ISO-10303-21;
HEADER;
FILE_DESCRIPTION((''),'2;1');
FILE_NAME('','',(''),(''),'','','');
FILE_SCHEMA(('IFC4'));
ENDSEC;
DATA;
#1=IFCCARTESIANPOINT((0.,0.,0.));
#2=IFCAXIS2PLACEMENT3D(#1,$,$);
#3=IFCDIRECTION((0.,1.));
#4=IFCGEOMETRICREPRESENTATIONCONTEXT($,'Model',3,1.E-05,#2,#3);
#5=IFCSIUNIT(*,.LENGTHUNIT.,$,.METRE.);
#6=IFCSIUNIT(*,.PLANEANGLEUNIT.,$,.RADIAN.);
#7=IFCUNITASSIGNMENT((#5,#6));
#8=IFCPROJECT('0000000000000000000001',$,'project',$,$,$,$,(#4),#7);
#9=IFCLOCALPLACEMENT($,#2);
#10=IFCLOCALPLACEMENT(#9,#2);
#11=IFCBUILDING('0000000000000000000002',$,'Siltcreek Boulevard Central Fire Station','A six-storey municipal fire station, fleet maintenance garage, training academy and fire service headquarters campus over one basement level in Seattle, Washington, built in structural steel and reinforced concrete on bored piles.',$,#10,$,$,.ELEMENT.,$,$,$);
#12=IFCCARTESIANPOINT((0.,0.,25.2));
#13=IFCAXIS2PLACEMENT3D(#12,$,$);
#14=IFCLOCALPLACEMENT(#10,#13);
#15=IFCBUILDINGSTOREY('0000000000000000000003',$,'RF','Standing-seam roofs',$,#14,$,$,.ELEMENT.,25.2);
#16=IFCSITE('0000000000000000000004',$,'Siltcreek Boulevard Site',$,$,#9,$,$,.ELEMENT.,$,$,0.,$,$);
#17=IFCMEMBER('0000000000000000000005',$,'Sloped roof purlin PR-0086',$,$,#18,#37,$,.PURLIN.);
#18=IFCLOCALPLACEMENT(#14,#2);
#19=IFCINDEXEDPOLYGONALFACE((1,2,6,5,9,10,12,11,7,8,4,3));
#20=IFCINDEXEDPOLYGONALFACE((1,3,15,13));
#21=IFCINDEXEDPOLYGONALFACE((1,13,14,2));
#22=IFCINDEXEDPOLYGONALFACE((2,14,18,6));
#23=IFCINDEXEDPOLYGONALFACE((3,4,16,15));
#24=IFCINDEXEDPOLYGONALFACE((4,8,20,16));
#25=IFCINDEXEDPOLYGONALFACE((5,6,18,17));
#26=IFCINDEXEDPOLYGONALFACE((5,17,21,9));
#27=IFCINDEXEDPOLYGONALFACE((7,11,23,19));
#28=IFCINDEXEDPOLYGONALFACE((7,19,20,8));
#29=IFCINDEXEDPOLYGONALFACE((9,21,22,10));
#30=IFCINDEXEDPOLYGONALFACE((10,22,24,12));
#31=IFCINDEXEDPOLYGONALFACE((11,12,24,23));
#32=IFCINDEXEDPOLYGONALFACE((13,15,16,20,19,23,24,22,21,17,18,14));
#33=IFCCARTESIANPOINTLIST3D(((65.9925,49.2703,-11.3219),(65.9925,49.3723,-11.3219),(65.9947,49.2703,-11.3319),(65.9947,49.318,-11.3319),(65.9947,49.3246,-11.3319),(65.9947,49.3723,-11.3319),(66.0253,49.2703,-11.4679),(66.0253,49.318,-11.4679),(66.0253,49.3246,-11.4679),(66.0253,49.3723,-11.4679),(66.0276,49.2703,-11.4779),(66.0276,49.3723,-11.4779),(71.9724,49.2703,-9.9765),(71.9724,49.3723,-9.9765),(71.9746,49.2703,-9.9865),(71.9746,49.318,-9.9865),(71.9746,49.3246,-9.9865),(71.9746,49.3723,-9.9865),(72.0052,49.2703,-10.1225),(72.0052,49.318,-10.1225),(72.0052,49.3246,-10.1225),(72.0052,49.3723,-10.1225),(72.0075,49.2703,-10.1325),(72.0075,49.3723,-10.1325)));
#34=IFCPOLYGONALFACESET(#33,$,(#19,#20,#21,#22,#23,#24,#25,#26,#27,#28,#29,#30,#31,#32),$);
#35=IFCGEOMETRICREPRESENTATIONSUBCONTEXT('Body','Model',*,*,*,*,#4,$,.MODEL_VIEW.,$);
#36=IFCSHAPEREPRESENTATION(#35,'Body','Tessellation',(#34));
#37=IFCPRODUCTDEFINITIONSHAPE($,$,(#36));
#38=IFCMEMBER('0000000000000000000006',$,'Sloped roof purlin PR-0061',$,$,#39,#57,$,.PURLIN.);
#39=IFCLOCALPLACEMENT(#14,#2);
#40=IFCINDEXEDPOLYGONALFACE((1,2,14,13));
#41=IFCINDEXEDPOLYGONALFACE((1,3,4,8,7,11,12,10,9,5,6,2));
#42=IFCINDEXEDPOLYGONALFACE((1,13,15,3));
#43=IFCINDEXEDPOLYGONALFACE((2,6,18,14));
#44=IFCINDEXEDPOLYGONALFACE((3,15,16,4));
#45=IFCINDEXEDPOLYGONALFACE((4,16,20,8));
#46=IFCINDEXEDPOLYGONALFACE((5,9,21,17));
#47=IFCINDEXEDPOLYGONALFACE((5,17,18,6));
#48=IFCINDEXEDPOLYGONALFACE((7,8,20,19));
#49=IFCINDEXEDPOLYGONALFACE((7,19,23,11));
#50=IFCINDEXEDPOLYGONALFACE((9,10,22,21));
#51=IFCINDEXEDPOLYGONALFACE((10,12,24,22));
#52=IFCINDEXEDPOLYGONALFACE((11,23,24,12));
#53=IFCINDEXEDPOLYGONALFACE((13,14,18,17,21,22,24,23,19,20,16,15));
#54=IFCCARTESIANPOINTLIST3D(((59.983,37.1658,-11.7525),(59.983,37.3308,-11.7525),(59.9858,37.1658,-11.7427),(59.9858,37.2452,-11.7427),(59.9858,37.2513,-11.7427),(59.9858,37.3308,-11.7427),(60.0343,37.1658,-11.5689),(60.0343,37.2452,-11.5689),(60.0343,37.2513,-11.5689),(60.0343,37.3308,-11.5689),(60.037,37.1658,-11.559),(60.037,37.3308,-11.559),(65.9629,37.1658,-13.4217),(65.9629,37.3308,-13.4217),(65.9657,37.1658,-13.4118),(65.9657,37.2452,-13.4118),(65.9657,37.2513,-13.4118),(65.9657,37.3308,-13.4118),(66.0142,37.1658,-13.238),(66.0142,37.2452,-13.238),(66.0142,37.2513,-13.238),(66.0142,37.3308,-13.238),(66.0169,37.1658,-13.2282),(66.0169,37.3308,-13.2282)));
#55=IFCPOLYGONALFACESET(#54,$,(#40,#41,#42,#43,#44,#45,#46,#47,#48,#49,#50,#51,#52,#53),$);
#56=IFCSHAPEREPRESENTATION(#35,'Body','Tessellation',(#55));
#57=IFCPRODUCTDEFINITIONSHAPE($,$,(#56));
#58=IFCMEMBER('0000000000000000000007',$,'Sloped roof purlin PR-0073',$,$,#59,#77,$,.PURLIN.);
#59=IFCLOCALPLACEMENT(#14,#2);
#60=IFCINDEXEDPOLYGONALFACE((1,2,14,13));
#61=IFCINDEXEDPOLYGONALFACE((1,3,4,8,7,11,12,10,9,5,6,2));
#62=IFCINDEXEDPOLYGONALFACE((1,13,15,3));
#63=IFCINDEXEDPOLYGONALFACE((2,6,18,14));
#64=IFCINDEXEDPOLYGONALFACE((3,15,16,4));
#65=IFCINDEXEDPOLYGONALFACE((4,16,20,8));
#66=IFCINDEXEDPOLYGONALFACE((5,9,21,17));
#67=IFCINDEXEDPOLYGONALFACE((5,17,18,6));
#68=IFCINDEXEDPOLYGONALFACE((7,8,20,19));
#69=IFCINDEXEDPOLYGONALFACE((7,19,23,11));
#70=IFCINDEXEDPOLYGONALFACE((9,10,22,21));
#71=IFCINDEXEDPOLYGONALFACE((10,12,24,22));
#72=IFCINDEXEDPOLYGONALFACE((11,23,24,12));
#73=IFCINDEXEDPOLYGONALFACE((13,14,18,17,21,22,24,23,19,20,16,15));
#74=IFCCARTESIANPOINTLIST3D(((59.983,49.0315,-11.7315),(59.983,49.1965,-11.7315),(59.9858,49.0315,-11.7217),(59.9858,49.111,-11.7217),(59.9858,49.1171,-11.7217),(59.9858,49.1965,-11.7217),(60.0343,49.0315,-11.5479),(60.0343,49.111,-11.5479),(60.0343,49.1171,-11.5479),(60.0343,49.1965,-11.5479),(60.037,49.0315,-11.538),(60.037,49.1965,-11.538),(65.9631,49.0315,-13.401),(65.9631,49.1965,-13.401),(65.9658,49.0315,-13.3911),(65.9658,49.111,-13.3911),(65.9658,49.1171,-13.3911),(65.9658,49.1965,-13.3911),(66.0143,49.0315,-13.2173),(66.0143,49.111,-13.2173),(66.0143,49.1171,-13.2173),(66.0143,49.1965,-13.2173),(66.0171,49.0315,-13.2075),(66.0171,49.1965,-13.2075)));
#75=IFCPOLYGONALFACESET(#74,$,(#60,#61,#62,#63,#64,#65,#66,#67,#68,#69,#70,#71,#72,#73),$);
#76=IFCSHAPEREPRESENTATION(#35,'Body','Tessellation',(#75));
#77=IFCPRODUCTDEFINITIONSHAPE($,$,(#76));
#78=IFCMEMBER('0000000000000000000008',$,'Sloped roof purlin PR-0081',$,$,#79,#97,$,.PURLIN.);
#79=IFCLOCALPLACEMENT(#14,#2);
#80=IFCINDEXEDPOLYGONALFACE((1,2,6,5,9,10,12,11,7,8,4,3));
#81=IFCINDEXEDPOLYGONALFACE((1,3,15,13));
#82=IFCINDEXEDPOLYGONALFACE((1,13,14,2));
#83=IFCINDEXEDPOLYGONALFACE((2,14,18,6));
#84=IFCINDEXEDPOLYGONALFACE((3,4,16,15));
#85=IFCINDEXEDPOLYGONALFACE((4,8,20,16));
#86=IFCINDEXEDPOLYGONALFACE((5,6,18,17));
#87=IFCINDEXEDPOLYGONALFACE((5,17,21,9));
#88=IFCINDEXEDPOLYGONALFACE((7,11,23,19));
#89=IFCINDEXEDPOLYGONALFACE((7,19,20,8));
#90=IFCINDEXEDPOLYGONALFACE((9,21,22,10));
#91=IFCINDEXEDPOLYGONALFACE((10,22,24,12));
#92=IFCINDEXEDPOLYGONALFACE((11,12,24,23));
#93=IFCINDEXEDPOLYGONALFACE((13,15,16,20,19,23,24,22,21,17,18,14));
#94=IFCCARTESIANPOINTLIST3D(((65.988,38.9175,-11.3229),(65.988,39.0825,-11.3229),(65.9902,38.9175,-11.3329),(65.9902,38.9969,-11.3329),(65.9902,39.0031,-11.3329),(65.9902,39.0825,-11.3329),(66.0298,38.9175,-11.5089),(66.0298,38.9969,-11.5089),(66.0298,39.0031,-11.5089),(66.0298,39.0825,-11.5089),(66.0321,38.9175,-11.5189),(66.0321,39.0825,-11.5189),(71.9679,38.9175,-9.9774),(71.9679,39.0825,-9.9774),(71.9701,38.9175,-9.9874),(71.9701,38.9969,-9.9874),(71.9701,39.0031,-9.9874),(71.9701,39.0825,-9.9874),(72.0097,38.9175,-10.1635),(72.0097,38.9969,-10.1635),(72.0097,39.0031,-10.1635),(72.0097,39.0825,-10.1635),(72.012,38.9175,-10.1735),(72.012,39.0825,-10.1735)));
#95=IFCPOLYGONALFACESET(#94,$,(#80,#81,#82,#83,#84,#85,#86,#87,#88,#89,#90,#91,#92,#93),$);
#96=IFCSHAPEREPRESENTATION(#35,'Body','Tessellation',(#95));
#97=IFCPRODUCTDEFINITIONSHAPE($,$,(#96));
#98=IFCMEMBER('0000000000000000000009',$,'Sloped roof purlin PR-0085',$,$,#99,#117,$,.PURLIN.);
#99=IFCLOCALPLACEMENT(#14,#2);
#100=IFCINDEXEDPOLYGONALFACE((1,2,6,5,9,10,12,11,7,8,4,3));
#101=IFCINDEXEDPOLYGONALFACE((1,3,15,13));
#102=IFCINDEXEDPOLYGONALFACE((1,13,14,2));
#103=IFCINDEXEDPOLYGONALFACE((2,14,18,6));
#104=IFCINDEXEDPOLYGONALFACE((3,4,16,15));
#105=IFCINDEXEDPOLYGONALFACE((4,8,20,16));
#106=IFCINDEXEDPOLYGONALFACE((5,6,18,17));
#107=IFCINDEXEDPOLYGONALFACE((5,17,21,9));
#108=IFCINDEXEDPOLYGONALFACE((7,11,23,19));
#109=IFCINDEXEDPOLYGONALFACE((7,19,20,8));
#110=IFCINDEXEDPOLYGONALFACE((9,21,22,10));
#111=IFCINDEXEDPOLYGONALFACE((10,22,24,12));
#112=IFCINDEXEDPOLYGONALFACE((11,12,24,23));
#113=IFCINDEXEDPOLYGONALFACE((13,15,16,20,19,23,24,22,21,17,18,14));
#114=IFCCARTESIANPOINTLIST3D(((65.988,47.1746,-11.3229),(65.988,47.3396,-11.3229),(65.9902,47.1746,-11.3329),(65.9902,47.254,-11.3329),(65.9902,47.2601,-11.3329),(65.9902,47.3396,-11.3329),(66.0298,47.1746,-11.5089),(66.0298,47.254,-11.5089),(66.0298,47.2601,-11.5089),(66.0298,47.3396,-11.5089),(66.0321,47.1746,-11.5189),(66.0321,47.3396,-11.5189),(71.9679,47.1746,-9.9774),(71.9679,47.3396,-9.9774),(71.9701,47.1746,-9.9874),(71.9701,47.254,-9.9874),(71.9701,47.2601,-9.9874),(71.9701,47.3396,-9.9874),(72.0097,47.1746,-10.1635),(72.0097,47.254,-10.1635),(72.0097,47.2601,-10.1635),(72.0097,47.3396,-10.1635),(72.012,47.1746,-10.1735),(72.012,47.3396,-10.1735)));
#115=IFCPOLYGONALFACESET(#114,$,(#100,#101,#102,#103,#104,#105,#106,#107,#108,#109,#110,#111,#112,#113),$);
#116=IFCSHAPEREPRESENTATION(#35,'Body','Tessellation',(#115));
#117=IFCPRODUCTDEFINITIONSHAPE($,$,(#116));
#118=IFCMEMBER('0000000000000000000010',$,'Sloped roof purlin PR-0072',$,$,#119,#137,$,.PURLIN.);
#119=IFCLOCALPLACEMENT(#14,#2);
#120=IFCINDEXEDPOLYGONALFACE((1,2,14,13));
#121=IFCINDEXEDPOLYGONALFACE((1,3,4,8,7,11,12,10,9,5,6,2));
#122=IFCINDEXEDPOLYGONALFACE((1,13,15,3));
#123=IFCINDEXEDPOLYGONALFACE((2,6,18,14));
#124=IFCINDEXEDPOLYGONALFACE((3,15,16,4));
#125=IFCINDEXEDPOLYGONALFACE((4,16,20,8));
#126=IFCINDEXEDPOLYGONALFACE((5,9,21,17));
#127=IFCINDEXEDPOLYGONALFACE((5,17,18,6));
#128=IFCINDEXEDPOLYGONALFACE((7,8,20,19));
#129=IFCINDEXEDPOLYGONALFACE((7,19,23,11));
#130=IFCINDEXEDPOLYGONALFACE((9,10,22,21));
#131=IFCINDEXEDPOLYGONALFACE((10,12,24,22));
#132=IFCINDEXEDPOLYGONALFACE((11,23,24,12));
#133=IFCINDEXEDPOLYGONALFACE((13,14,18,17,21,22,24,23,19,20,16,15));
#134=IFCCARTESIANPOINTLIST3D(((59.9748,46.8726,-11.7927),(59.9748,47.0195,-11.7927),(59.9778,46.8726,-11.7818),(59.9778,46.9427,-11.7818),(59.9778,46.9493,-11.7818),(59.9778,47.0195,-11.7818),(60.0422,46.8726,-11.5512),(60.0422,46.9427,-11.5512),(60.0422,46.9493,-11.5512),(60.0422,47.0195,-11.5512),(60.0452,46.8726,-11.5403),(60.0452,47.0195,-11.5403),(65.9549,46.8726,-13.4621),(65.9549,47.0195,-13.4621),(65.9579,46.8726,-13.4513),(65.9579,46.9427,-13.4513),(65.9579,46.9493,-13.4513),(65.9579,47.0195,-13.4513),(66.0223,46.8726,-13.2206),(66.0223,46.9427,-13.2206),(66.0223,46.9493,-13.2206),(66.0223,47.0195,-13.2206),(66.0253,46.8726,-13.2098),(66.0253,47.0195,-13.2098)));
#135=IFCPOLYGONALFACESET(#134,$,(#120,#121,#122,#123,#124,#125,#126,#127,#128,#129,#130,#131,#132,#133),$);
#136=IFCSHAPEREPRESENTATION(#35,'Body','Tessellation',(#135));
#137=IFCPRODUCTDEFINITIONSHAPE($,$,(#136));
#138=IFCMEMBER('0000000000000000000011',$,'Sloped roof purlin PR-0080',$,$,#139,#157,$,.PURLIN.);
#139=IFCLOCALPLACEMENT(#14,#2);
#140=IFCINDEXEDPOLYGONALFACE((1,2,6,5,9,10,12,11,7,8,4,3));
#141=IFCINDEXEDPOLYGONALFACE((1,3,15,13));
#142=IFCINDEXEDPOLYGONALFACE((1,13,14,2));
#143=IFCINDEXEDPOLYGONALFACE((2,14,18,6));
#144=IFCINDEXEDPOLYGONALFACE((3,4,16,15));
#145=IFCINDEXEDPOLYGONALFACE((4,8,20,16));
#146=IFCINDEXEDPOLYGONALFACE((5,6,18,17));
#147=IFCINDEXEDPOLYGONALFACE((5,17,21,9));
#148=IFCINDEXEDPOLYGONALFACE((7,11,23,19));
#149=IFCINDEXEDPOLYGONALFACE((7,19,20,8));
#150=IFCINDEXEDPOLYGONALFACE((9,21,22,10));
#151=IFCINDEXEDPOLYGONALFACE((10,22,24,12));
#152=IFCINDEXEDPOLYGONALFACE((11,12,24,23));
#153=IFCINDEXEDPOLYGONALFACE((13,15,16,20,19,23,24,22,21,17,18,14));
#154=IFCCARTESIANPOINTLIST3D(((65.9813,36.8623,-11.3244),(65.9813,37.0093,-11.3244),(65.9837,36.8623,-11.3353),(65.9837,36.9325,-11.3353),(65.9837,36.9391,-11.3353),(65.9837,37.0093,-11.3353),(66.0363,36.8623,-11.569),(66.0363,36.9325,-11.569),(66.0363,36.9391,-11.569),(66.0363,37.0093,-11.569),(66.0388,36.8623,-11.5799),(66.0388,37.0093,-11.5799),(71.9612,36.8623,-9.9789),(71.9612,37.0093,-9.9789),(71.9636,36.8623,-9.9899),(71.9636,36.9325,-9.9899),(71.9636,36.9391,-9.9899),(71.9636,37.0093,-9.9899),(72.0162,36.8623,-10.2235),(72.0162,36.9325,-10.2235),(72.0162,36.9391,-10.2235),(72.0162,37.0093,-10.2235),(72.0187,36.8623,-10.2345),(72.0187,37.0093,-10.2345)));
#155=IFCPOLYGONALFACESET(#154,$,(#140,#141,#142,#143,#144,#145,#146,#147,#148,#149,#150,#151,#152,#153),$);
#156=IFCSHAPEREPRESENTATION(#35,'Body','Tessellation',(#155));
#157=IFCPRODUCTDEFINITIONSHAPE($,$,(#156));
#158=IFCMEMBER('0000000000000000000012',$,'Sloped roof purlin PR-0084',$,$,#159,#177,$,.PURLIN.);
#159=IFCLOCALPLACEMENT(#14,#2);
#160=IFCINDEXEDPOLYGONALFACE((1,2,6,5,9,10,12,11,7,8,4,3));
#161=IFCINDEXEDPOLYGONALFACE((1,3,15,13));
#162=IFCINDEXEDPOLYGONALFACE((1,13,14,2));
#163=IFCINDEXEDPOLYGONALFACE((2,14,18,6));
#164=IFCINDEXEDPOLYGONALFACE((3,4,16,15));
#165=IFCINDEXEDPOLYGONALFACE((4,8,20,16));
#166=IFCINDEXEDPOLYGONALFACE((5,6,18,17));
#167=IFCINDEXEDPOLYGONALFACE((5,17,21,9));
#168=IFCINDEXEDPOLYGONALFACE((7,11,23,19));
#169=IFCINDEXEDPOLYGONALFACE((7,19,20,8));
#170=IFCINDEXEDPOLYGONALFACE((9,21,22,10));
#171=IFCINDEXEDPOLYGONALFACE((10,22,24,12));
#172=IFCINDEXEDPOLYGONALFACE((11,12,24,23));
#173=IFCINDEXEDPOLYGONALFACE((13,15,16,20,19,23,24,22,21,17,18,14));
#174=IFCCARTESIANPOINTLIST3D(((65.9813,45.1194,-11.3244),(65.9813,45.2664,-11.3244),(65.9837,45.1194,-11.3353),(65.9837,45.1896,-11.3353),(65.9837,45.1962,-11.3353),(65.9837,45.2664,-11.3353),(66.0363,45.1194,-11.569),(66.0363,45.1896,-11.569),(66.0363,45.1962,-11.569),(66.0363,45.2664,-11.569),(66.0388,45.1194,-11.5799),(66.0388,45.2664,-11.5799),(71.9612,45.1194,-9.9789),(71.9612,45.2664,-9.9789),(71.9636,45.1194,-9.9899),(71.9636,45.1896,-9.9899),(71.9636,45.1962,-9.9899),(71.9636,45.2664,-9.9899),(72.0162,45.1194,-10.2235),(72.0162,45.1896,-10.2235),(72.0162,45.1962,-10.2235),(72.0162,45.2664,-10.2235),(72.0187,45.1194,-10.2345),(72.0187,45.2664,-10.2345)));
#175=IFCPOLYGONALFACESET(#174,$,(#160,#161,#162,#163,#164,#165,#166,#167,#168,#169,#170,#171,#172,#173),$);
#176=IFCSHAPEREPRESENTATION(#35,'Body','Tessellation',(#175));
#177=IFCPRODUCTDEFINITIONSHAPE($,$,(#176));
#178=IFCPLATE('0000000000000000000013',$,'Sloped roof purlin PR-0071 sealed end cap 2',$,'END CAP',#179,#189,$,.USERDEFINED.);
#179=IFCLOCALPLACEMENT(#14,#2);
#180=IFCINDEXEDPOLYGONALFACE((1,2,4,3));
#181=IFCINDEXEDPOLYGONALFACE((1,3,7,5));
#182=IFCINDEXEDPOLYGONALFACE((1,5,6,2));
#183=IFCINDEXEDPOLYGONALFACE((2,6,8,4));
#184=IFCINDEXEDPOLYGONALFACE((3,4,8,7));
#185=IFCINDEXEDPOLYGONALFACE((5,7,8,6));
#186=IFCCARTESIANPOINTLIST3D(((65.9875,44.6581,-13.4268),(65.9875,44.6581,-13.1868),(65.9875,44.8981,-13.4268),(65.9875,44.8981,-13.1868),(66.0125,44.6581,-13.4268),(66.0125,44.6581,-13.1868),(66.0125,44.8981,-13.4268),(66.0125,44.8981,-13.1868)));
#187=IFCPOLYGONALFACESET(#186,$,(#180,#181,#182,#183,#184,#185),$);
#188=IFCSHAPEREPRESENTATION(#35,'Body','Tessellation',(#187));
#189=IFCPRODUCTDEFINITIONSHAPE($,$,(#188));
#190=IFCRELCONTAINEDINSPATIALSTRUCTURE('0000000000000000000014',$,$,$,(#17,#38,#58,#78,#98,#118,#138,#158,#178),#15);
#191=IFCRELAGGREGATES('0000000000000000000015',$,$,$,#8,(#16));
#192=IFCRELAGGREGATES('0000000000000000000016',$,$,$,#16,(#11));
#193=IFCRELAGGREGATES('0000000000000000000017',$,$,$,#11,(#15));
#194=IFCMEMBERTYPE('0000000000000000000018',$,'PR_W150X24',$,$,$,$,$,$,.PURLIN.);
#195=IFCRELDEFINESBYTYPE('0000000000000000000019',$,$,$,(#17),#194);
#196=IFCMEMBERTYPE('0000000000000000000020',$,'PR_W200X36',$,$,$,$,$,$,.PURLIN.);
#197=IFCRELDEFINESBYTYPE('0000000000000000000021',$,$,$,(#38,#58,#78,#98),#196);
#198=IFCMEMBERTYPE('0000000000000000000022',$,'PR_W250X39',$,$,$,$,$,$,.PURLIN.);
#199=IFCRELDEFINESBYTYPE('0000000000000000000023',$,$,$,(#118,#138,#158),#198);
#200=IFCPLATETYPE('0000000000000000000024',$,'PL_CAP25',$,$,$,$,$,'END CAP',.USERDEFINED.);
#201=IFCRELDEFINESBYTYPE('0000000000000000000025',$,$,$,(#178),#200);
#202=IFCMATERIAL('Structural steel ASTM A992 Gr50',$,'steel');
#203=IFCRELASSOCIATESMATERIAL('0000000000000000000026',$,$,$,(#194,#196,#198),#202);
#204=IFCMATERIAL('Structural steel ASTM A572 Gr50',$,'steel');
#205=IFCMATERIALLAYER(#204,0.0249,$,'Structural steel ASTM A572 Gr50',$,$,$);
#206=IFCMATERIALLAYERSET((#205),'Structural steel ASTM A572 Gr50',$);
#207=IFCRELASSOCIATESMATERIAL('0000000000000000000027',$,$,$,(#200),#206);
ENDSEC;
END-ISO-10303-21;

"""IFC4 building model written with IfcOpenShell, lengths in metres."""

from ifc_helpers import new_model, si_unit, direction, frame, origin, origin_2d, place, context, subcontext, project, spatial, rectangle, i_section, extrude, material, layer, layer_set, material_profile, profile_set, type_object, element, save


model = new_model("IFC4")

# Units and contexts
model_context = context("Model", 3, precision=1e-05, world=origin(), true_north=direction((0.0, 1.0)))
body_context = subcontext(model_context, "Body", "Model", "MODEL_VIEW")
ifc_project = project(units=[si_unit("LENGTHUNIT", "METRE"), si_unit("PLANEANGLEUNIT", "RADIAN")], contexts=[model_context])

# Site, building, storey
site_placement = place(None, origin())
site = spatial("IfcSite", under=ifc_project, at=site_placement, Name="Siltcreek Boulevard Site", CompositionType="ELEMENT", RefElevation=0.0)
building_placement = place(site_placement, origin())
building = spatial("IfcBuilding", under=site, at=building_placement, Name="Siltcreek Boulevard Central Fire Station", Description="A six-storey municipal fire station, fleet maintenance garage, training academy and fire service headquarters campus over one basement level in Seattle, Washington, built in structural steel and reinforced concrete on bored piles.", CompositionType="ELEMENT")
storey_placement = place(building_placement, frame((0.0, 0.0, 25.2)))
storey = spatial("IfcBuildingStorey", under=building, at=storey_placement, Name="RF", Description="Standing-seam roofs", CompositionType="ELEMENT", Elevation=25.2)

# Shared definitions
ifc_material_1 = material(Name="Structural steel ASTM A992 Gr50", Category="steel")

# Members
ifc_material_profile_1 = material_profile(ifc_material_1, i_section(OverallWidth=0.1021, OverallDepth=0.1599, WebThickness=0.0066, FlangeThickness=0.0103, at=origin_2d()), Name="W150X24")
ifc_profile_set_1 = profile_set([ifc_material_profile_1], Name="Structural steel ASTM A992 Gr50")
member_type_1 = type_object("IfcMemberType", Name="PR_W150X24", PredefinedType="PURLIN", material=ifc_profile_set_1)
for number, where, z_axis, x_axis, name in (
    (1, (66.01, 49.3213, -11.3999), (0.975611, 0.0, 0.219507), (0.0, 1.0, 0.0), "Sloped roof purlin PR-0086"),
):
    element("IfcMember", number, at=place(storey_placement, frame(where, z_axis=z_axis, x_axis=x_axis)), inside=storey, type_object=member_type_1, Name=name, PredefinedType="PURLIN", context=body_context, shape_type="SweptSolid", body=[
        extrude(i_section(OverallWidth=0.1021, OverallDepth=0.1599, WebThickness=0.0066, FlangeThickness=0.0103, at=origin_2d()), origin(), (0.0, 0.0, 1.0), 6.1294),
    ])
ifc_material_profile_2 = material_profile(ifc_material_1, i_section(OverallWidth=0.165, OverallDepth=0.2009, WebThickness=0.0061, FlangeThickness=0.0103, at=origin_2d()), Name="W200X36")
ifc_profile_set_2 = profile_set([ifc_material_profile_2], Name="Structural steel ASTM A992 Gr50")
member_type_2 = type_object("IfcMemberType", Name="PR_W200X36", PredefinedType="PURLIN", material=ifc_profile_set_2)
member_1_placement = place(storey_placement, frame((60.01, 37.2483, -11.6558), z_axis=(0.963181, 0.0, -0.268852), x_axis=(0.0, 1.0, 0.0)))
element("IfcMember", 2, at=member_1_placement, inside=storey, type_object=member_type_2, Name="Sloped roof purlin PR-0061", PredefinedType="PURLIN", context=body_context, shape_type="SweptSolid", body=[
    extrude(i_section(OverallWidth=0.165, OverallDepth=0.2009, WebThickness=0.0061, FlangeThickness=0.0103, at=origin_2d()), origin(), (0.0, 0.0, 1.0), 6.2085),
])
member_2_placement = place(storey_placement, frame((60.01, 49.114, -11.6348), z_axis=(0.963171, 0.0, -0.268889), x_axis=(0.0, 1.0, 0.0)))
element("IfcMember", 3, at=member_2_placement, inside=storey, type_object=member_type_2, Name="Sloped roof purlin PR-0073", PredefinedType="PURLIN", context=body_context, shape_type="SweptSolid", body=[
    extrude(i_section(OverallWidth=0.165, OverallDepth=0.2009, WebThickness=0.0061, FlangeThickness=0.0103, at=origin_2d()), origin(), (0.0, 0.0, 1.0), 6.2087),
])
for number, where, z_axis, x_axis, name in (
    (4, (66.01, 39.0, -11.4209), (0.975611, 0.0, 0.219507), (0.0, 1.0, 0.0), "Sloped roof purlin PR-0081"),
    (5, (66.01, 47.2571, -11.4209), (0.975611, 0.0, 0.219507), (0.0, 1.0, 0.0), "Sloped roof purlin PR-0085"),
):
    element("IfcMember", number, at=place(storey_placement, frame(where, z_axis=z_axis, x_axis=x_axis)), inside=storey, type_object=member_type_2, Name=name, PredefinedType="PURLIN", context=body_context, shape_type="SweptSolid", body=[
        extrude(i_section(OverallWidth=0.165, OverallDepth=0.2009, WebThickness=0.0061, FlangeThickness=0.0103, at=origin_2d()), origin(), (0.0, 0.0, 1.0), 6.1294),
    ])
ifc_material_profile_3 = material_profile(ifc_material_1, i_section(OverallWidth=0.147, OverallDepth=0.262, WebThickness=0.0066, FlangeThickness=0.0112, at=origin_2d()), Name="W250X39")
ifc_profile_set_3 = profile_set([ifc_material_profile_3], Name="Structural steel ASTM A992 Gr50")
member_type_3 = type_object("IfcMemberType", Name="PR_W250X39", PredefinedType="PURLIN", material=ifc_profile_set_3)
member_3_placement = place(storey_placement, frame((60.01, 46.946, -11.6665), z_axis=(0.963171, 0.0, -0.268889), x_axis=(0.0, 1.0, 0.0)))
element("IfcMember", 6, at=member_3_placement, inside=storey, type_object=member_type_3, Name="Sloped roof purlin PR-0072", PredefinedType="PURLIN", context=body_context, shape_type="SweptSolid", body=[
    extrude(i_section(OverallWidth=0.147, OverallDepth=0.262, WebThickness=0.0066, FlangeThickness=0.0112, at=origin_2d()), origin(), (0.0, 0.0, 1.0), 6.2087),
])
for number, where, z_axis, x_axis, name in (
    (7, (66.01, 36.9358, -11.4521), (0.975611, 0.0, 0.219507), (0.0, 1.0, 0.0), "Sloped roof purlin PR-0080"),
    (8, (66.01, 45.1929, -11.4521), (0.975611, 0.0, 0.219507), (0.0, 1.0, 0.0), "Sloped roof purlin PR-0084"),
):
    element("IfcMember", number, at=place(storey_placement, frame(where, z_axis=z_axis, x_axis=x_axis)), inside=storey, type_object=member_type_3, Name=name, PredefinedType="PURLIN", context=body_context, shape_type="SweptSolid", body=[
        extrude(i_section(OverallWidth=0.147, OverallDepth=0.262, WebThickness=0.0066, FlangeThickness=0.0112, at=origin_2d()), origin(), (0.0, 0.0, 1.0), 6.1294),
    ])

# Plate
ifc_material_2 = material(Name="Structural steel ASTM A572 Gr50", Category="steel")
ifc_layer_1 = layer(ifc_material_2, 0.0249, Name="Structural steel ASTM A572 Gr50")
ifc_layer_set_1 = layer_set([ifc_layer_1], Name="Structural steel ASTM A572 Gr50")
plate_type = type_object("IfcPlateType", Name="PL_CAP25", ElementType="END CAP", PredefinedType="USERDEFINED", material=ifc_layer_set_1)
for number, where, z_axis, x_axis, name in (
    (9, (66.0, 44.7781, -13.4268), (0.0, 0.0, 1.0), (1.0, 0.0, 0.0), "Sloped roof purlin PR-0071 sealed end cap 2"),
):
    element("IfcPlate", number, at=place(storey_placement, frame(where, z_axis=z_axis, x_axis=x_axis)), inside=storey, type_object=plate_type, Name=name, ObjectType="END CAP", PredefinedType="USERDEFINED", context=body_context, shape_type="SweptSolid", body=[
        extrude(rectangle(XDim=0.0249, YDim=0.24, at=origin_2d()), origin(), (0.0, 0.0, 1.0), 0.24),
    ])

save(model, "model.ifc")
